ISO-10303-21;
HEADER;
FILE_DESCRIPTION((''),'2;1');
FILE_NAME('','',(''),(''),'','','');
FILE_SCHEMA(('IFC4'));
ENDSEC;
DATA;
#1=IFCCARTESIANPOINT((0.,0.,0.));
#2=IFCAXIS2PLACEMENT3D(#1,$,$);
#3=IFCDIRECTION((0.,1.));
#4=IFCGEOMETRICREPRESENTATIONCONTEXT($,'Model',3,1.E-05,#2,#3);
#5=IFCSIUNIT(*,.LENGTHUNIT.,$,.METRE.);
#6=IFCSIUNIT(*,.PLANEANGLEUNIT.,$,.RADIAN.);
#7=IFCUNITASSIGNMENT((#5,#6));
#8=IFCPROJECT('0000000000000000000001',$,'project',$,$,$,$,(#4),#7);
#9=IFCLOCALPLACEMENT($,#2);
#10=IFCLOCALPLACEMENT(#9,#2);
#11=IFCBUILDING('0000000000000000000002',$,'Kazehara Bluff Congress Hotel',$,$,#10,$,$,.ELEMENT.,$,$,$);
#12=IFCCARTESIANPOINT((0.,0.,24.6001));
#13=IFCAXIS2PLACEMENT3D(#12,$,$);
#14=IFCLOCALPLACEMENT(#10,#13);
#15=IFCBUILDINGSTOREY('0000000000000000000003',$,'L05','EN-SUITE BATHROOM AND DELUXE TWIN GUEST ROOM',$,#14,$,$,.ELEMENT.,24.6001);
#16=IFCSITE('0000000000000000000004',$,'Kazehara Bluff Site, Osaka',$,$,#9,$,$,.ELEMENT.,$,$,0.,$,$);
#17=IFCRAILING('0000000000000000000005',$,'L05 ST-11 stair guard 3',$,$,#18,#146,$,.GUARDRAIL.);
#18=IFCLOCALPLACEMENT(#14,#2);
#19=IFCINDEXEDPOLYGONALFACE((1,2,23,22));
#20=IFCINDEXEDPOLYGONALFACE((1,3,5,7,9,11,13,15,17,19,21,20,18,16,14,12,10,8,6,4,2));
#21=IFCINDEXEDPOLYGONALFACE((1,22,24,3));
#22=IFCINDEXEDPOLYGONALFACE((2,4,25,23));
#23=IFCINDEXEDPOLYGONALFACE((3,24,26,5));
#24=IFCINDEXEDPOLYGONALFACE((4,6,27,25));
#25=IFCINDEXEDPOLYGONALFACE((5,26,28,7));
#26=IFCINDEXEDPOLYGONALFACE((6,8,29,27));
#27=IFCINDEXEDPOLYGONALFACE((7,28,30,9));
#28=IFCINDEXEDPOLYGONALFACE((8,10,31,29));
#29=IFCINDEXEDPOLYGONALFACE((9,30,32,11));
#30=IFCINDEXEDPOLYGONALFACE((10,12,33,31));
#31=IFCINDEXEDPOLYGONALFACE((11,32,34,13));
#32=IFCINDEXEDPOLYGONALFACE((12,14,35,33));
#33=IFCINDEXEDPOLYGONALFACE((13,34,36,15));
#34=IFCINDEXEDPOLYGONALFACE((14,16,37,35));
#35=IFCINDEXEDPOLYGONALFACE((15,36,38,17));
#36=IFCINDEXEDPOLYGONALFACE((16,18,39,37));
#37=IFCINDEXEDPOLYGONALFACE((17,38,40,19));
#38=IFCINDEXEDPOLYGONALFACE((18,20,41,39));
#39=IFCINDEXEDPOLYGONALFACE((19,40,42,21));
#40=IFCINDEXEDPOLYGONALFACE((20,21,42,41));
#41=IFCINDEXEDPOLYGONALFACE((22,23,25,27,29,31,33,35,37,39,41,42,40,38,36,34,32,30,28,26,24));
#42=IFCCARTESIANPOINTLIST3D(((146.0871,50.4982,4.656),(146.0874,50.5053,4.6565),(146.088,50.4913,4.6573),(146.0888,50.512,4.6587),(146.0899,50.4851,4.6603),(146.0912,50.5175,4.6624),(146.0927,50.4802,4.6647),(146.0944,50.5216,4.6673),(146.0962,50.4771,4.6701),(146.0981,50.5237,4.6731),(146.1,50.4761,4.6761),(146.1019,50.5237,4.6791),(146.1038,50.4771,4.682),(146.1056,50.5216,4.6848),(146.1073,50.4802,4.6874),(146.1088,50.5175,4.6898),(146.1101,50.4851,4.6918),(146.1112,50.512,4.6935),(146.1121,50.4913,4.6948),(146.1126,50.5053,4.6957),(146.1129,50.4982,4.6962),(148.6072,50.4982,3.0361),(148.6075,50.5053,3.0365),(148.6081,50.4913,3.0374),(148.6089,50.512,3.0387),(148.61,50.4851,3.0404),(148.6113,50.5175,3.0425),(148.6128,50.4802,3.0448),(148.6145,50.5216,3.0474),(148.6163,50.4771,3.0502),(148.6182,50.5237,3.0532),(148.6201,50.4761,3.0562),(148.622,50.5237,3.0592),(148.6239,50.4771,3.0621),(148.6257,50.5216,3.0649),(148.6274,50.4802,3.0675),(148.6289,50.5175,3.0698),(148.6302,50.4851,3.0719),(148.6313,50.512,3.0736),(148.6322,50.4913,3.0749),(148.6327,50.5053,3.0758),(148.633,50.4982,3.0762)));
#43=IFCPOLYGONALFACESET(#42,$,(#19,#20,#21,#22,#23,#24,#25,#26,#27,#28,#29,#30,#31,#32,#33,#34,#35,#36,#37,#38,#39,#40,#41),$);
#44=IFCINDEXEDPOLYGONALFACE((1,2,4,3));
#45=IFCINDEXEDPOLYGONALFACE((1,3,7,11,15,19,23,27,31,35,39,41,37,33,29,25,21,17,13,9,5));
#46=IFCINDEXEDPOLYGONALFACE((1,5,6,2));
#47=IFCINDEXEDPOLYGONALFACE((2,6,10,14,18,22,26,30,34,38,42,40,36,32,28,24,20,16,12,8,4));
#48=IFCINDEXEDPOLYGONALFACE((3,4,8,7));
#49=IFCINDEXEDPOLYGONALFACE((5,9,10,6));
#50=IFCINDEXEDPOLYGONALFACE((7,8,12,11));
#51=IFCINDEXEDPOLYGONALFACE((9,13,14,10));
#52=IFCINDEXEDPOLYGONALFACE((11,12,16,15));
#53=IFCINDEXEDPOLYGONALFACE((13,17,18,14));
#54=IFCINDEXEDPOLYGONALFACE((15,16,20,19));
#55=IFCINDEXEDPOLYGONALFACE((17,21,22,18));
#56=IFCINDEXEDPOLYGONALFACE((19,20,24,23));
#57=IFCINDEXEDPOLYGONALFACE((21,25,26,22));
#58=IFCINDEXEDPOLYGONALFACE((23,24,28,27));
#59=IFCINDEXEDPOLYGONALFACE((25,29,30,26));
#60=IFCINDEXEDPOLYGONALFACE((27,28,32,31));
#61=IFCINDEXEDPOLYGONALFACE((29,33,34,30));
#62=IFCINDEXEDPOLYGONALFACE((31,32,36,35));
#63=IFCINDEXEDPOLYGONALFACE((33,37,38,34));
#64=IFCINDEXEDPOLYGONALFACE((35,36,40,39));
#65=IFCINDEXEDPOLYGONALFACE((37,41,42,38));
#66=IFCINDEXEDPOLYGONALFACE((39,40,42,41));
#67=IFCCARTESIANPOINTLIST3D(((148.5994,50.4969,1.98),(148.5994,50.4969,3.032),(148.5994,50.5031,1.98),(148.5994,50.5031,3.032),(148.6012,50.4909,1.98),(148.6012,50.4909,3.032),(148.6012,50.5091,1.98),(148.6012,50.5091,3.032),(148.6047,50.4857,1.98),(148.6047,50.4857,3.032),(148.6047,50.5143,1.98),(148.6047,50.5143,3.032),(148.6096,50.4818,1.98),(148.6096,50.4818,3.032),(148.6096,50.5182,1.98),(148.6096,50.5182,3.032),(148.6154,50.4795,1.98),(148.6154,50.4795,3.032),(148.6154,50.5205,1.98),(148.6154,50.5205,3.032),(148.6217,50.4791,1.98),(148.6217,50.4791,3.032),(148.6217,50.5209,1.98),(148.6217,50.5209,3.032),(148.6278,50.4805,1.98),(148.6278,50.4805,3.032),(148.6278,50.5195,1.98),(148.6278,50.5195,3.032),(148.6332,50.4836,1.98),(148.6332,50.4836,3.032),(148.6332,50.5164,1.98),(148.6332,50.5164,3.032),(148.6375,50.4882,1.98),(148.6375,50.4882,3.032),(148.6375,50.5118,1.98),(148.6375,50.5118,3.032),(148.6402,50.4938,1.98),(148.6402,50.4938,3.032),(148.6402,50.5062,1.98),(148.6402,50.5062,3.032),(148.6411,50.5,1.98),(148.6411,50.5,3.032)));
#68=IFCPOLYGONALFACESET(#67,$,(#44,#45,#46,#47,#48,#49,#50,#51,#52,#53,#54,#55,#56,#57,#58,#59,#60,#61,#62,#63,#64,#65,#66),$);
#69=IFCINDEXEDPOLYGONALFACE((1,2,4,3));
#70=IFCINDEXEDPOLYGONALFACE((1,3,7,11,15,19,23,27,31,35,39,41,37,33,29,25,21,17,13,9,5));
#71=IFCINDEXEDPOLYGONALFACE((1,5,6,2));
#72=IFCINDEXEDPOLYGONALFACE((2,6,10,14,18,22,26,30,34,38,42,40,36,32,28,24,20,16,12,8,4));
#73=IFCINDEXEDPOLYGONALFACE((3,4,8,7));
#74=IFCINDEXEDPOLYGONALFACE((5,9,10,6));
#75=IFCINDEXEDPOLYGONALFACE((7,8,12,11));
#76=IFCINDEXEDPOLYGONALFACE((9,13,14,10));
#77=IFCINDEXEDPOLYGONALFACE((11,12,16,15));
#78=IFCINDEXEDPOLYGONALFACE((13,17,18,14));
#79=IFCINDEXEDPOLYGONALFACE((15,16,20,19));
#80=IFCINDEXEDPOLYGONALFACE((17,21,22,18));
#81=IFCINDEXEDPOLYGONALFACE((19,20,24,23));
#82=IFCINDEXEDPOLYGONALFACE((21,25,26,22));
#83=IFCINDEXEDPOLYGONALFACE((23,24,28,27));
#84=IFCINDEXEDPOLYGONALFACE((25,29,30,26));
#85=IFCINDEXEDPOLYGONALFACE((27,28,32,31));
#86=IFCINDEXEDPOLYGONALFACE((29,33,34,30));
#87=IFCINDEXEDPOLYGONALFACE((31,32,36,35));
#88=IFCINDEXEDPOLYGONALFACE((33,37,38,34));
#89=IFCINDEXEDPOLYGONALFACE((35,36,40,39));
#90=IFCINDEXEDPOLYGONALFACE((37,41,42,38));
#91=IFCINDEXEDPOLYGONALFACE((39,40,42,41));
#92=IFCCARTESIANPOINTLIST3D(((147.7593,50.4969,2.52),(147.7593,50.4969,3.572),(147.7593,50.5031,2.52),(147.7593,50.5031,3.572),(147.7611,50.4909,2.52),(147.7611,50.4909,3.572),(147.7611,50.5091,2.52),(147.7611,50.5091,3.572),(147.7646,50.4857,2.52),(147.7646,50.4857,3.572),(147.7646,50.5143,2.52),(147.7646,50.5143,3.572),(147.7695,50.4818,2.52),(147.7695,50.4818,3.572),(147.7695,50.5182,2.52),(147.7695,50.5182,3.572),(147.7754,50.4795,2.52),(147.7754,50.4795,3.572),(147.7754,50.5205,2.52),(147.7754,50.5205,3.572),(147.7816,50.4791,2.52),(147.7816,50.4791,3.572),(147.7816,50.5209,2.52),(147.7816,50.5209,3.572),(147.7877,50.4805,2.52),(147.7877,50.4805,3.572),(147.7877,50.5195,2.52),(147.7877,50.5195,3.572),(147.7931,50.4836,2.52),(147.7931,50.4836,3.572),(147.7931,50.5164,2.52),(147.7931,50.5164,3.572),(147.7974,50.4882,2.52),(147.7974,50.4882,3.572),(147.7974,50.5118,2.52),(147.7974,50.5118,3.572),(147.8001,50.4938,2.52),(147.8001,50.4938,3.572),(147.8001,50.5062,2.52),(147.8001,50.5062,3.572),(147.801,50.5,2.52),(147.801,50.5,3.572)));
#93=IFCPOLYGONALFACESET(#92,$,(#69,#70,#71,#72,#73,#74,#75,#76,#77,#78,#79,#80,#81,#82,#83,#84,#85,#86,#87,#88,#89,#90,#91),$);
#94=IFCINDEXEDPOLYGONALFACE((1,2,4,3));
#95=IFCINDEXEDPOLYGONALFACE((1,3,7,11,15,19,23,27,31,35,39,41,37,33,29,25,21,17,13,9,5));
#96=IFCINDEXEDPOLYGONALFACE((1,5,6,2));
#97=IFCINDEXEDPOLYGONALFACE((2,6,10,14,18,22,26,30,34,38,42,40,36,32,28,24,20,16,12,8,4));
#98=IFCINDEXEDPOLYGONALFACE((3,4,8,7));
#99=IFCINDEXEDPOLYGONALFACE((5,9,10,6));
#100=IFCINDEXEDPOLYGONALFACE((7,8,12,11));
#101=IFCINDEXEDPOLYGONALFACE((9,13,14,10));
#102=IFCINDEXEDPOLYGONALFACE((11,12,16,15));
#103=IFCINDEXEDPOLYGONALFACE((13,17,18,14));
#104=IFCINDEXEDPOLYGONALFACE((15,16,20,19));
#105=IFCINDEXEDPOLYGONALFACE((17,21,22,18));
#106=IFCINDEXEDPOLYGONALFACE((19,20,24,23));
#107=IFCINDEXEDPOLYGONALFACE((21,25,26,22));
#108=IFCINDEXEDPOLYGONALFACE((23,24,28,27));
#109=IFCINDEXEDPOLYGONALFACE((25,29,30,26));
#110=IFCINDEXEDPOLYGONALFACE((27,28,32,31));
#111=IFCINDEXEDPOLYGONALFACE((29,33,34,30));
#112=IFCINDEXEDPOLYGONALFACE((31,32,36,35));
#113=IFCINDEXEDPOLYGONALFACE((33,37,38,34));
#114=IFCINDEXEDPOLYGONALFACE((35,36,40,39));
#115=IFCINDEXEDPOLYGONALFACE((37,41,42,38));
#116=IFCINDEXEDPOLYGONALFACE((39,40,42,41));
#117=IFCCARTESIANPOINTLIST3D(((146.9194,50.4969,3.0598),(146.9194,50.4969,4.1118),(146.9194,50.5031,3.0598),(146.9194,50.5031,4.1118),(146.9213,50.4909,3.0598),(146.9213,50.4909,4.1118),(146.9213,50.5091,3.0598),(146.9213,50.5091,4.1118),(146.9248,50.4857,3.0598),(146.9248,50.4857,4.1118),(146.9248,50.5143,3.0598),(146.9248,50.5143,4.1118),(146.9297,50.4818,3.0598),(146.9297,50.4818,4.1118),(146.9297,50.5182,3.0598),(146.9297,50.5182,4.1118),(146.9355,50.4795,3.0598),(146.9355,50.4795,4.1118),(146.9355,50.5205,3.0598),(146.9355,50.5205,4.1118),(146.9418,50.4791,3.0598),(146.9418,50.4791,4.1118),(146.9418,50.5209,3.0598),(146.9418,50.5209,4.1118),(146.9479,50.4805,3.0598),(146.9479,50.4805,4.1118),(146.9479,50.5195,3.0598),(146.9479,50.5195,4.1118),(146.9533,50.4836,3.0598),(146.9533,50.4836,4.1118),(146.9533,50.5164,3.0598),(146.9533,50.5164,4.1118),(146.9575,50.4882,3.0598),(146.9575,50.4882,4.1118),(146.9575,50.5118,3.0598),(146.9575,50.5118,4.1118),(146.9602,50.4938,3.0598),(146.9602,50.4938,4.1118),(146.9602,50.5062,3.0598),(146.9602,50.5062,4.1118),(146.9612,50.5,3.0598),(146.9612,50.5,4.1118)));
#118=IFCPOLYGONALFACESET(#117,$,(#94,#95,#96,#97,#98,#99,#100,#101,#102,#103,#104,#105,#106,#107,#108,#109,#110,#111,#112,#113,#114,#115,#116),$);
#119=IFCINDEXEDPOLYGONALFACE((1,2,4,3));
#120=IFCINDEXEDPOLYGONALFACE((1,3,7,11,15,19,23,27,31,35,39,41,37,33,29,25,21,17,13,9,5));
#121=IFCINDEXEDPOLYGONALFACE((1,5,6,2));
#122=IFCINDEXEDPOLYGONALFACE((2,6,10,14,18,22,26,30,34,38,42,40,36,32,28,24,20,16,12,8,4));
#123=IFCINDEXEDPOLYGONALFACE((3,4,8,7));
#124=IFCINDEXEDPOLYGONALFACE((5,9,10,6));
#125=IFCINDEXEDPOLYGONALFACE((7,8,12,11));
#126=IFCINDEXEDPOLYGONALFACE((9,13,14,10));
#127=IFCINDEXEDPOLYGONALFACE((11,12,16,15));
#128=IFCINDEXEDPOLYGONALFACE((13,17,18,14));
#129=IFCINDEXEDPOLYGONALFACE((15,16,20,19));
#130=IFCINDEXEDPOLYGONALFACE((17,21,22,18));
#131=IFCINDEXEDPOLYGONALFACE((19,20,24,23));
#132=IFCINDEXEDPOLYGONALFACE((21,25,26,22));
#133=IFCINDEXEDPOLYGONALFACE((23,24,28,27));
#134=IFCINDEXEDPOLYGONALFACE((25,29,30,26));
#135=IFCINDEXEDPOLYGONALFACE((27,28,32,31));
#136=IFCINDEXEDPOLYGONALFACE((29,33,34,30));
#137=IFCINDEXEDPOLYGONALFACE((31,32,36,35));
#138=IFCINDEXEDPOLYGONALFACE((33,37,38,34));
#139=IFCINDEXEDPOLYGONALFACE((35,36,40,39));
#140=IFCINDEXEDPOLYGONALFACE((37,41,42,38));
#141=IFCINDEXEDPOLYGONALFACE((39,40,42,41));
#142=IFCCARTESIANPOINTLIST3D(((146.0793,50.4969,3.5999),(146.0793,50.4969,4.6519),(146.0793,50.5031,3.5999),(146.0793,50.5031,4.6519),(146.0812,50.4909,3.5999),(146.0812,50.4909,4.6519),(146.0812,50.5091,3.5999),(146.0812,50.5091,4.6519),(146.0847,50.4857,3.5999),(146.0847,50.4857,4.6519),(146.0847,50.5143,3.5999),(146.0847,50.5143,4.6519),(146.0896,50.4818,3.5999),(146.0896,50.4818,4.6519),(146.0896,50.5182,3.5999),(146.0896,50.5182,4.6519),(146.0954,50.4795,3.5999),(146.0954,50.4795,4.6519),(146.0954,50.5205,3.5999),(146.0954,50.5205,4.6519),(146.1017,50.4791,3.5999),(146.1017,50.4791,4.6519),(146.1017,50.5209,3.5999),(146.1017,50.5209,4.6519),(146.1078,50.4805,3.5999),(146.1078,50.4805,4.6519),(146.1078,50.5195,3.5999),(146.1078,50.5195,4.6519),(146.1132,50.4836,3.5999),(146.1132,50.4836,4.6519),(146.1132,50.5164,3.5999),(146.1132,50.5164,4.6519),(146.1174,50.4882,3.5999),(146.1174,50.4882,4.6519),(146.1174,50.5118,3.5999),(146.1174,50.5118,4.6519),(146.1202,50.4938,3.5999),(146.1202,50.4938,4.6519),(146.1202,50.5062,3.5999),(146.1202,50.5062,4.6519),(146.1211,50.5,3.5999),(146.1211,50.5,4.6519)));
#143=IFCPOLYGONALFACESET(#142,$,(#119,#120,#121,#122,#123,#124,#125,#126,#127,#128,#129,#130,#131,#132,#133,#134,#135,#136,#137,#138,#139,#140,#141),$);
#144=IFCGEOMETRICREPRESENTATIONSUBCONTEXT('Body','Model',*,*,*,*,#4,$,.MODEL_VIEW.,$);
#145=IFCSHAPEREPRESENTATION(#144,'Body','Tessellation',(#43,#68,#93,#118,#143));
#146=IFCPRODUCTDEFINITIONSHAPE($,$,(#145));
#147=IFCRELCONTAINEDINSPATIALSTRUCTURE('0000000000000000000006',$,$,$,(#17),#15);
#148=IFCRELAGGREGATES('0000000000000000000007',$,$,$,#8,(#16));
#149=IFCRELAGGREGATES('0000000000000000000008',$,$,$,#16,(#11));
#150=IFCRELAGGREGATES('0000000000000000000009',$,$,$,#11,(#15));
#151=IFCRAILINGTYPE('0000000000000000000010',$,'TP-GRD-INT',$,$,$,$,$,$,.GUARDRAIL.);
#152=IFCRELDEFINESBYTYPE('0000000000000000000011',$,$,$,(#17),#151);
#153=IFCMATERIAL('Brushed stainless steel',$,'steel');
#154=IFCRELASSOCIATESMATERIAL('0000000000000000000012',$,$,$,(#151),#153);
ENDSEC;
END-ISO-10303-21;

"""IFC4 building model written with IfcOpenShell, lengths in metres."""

from ifc_helpers import new_model, si_unit, direction, frame, origin, origin_2d, place, context, subcontext, project, spatial, circle, extrude, material, type_object, element, save


model = new_model("IFC4")

# Units and contexts
model_context = context("Model", 3, precision=1e-05, world=origin(), true_north=direction((0.0, 1.0)))
body_context = subcontext(model_context, "Body", "Model", "MODEL_VIEW")
ifc_project = project(units=[si_unit("LENGTHUNIT", "METRE"), si_unit("PLANEANGLEUNIT", "RADIAN")], contexts=[model_context])

# Site, building, storey
site_placement = place(None, origin())
site = spatial("IfcSite", under=ifc_project, at=site_placement, Name="Kazehara Bluff Site, Osaka", CompositionType="ELEMENT", RefElevation=0.0)
building_placement = place(site_placement, origin())
building = spatial("IfcBuilding", under=site, at=building_placement, Name="Kazehara Bluff Congress Hotel", CompositionType="ELEMENT")
storey_placement = place(building_placement, frame((0.0, 0.0, 24.6001)))
storey = spatial("IfcBuildingStorey", under=building, at=storey_placement, Name="L05", Description="EN-SUITE BATHROOM AND DELUXE TWIN GUEST ROOM", CompositionType="ELEMENT", Elevation=24.6001)

# Railing
ifc_material_1 = material(Name="Brushed stainless steel", Category="steel")
railing_type_1 = type_object("IfcRailingType", Name="TP-GRD-INT", PredefinedType="GUARDRAIL", material=ifc_material_1)
railing_1_placement = place(storey_placement, frame((148.6201, 50.5, 1.98)))
element("IfcRailing", 1, at=railing_1_placement, inside=storey, type_object=railing_type_1, Name="L05 ST-11 stair guard 3", PredefinedType="GUARDRAIL", context=body_context, shape_type="SweptSolid", body=[
    extrude(circle(Radius=0.0239, at=origin_2d()), frame((0.0, 0.0, 1.0762), z_axis=(-0.8412, 0.0, 0.540725), x_axis=(0.0, -1.0, 0.0)), (0.0, 0.0, 1.0), 2.9958),
    extrude(circle(Radius=0.021, at=origin_2d()), origin(), (0.0, 0.0, 1.0), 1.052),
    extrude(circle(Radius=0.021, at=origin_2d()), frame((-0.8401, 0.0, 0.54)), (0.0, 0.0, 1.0), 1.052),
    extrude(circle(Radius=0.021, at=origin_2d()), frame((-1.6799, 0.0, 1.0798)), (0.0, 0.0, 1.0), 1.052),
    extrude(circle(Radius=0.021, at=origin_2d()), frame((-2.52, 0.0, 1.6199)), (0.0, 0.0, 1.0), 1.052),
])

save(model, "model.ifc")
